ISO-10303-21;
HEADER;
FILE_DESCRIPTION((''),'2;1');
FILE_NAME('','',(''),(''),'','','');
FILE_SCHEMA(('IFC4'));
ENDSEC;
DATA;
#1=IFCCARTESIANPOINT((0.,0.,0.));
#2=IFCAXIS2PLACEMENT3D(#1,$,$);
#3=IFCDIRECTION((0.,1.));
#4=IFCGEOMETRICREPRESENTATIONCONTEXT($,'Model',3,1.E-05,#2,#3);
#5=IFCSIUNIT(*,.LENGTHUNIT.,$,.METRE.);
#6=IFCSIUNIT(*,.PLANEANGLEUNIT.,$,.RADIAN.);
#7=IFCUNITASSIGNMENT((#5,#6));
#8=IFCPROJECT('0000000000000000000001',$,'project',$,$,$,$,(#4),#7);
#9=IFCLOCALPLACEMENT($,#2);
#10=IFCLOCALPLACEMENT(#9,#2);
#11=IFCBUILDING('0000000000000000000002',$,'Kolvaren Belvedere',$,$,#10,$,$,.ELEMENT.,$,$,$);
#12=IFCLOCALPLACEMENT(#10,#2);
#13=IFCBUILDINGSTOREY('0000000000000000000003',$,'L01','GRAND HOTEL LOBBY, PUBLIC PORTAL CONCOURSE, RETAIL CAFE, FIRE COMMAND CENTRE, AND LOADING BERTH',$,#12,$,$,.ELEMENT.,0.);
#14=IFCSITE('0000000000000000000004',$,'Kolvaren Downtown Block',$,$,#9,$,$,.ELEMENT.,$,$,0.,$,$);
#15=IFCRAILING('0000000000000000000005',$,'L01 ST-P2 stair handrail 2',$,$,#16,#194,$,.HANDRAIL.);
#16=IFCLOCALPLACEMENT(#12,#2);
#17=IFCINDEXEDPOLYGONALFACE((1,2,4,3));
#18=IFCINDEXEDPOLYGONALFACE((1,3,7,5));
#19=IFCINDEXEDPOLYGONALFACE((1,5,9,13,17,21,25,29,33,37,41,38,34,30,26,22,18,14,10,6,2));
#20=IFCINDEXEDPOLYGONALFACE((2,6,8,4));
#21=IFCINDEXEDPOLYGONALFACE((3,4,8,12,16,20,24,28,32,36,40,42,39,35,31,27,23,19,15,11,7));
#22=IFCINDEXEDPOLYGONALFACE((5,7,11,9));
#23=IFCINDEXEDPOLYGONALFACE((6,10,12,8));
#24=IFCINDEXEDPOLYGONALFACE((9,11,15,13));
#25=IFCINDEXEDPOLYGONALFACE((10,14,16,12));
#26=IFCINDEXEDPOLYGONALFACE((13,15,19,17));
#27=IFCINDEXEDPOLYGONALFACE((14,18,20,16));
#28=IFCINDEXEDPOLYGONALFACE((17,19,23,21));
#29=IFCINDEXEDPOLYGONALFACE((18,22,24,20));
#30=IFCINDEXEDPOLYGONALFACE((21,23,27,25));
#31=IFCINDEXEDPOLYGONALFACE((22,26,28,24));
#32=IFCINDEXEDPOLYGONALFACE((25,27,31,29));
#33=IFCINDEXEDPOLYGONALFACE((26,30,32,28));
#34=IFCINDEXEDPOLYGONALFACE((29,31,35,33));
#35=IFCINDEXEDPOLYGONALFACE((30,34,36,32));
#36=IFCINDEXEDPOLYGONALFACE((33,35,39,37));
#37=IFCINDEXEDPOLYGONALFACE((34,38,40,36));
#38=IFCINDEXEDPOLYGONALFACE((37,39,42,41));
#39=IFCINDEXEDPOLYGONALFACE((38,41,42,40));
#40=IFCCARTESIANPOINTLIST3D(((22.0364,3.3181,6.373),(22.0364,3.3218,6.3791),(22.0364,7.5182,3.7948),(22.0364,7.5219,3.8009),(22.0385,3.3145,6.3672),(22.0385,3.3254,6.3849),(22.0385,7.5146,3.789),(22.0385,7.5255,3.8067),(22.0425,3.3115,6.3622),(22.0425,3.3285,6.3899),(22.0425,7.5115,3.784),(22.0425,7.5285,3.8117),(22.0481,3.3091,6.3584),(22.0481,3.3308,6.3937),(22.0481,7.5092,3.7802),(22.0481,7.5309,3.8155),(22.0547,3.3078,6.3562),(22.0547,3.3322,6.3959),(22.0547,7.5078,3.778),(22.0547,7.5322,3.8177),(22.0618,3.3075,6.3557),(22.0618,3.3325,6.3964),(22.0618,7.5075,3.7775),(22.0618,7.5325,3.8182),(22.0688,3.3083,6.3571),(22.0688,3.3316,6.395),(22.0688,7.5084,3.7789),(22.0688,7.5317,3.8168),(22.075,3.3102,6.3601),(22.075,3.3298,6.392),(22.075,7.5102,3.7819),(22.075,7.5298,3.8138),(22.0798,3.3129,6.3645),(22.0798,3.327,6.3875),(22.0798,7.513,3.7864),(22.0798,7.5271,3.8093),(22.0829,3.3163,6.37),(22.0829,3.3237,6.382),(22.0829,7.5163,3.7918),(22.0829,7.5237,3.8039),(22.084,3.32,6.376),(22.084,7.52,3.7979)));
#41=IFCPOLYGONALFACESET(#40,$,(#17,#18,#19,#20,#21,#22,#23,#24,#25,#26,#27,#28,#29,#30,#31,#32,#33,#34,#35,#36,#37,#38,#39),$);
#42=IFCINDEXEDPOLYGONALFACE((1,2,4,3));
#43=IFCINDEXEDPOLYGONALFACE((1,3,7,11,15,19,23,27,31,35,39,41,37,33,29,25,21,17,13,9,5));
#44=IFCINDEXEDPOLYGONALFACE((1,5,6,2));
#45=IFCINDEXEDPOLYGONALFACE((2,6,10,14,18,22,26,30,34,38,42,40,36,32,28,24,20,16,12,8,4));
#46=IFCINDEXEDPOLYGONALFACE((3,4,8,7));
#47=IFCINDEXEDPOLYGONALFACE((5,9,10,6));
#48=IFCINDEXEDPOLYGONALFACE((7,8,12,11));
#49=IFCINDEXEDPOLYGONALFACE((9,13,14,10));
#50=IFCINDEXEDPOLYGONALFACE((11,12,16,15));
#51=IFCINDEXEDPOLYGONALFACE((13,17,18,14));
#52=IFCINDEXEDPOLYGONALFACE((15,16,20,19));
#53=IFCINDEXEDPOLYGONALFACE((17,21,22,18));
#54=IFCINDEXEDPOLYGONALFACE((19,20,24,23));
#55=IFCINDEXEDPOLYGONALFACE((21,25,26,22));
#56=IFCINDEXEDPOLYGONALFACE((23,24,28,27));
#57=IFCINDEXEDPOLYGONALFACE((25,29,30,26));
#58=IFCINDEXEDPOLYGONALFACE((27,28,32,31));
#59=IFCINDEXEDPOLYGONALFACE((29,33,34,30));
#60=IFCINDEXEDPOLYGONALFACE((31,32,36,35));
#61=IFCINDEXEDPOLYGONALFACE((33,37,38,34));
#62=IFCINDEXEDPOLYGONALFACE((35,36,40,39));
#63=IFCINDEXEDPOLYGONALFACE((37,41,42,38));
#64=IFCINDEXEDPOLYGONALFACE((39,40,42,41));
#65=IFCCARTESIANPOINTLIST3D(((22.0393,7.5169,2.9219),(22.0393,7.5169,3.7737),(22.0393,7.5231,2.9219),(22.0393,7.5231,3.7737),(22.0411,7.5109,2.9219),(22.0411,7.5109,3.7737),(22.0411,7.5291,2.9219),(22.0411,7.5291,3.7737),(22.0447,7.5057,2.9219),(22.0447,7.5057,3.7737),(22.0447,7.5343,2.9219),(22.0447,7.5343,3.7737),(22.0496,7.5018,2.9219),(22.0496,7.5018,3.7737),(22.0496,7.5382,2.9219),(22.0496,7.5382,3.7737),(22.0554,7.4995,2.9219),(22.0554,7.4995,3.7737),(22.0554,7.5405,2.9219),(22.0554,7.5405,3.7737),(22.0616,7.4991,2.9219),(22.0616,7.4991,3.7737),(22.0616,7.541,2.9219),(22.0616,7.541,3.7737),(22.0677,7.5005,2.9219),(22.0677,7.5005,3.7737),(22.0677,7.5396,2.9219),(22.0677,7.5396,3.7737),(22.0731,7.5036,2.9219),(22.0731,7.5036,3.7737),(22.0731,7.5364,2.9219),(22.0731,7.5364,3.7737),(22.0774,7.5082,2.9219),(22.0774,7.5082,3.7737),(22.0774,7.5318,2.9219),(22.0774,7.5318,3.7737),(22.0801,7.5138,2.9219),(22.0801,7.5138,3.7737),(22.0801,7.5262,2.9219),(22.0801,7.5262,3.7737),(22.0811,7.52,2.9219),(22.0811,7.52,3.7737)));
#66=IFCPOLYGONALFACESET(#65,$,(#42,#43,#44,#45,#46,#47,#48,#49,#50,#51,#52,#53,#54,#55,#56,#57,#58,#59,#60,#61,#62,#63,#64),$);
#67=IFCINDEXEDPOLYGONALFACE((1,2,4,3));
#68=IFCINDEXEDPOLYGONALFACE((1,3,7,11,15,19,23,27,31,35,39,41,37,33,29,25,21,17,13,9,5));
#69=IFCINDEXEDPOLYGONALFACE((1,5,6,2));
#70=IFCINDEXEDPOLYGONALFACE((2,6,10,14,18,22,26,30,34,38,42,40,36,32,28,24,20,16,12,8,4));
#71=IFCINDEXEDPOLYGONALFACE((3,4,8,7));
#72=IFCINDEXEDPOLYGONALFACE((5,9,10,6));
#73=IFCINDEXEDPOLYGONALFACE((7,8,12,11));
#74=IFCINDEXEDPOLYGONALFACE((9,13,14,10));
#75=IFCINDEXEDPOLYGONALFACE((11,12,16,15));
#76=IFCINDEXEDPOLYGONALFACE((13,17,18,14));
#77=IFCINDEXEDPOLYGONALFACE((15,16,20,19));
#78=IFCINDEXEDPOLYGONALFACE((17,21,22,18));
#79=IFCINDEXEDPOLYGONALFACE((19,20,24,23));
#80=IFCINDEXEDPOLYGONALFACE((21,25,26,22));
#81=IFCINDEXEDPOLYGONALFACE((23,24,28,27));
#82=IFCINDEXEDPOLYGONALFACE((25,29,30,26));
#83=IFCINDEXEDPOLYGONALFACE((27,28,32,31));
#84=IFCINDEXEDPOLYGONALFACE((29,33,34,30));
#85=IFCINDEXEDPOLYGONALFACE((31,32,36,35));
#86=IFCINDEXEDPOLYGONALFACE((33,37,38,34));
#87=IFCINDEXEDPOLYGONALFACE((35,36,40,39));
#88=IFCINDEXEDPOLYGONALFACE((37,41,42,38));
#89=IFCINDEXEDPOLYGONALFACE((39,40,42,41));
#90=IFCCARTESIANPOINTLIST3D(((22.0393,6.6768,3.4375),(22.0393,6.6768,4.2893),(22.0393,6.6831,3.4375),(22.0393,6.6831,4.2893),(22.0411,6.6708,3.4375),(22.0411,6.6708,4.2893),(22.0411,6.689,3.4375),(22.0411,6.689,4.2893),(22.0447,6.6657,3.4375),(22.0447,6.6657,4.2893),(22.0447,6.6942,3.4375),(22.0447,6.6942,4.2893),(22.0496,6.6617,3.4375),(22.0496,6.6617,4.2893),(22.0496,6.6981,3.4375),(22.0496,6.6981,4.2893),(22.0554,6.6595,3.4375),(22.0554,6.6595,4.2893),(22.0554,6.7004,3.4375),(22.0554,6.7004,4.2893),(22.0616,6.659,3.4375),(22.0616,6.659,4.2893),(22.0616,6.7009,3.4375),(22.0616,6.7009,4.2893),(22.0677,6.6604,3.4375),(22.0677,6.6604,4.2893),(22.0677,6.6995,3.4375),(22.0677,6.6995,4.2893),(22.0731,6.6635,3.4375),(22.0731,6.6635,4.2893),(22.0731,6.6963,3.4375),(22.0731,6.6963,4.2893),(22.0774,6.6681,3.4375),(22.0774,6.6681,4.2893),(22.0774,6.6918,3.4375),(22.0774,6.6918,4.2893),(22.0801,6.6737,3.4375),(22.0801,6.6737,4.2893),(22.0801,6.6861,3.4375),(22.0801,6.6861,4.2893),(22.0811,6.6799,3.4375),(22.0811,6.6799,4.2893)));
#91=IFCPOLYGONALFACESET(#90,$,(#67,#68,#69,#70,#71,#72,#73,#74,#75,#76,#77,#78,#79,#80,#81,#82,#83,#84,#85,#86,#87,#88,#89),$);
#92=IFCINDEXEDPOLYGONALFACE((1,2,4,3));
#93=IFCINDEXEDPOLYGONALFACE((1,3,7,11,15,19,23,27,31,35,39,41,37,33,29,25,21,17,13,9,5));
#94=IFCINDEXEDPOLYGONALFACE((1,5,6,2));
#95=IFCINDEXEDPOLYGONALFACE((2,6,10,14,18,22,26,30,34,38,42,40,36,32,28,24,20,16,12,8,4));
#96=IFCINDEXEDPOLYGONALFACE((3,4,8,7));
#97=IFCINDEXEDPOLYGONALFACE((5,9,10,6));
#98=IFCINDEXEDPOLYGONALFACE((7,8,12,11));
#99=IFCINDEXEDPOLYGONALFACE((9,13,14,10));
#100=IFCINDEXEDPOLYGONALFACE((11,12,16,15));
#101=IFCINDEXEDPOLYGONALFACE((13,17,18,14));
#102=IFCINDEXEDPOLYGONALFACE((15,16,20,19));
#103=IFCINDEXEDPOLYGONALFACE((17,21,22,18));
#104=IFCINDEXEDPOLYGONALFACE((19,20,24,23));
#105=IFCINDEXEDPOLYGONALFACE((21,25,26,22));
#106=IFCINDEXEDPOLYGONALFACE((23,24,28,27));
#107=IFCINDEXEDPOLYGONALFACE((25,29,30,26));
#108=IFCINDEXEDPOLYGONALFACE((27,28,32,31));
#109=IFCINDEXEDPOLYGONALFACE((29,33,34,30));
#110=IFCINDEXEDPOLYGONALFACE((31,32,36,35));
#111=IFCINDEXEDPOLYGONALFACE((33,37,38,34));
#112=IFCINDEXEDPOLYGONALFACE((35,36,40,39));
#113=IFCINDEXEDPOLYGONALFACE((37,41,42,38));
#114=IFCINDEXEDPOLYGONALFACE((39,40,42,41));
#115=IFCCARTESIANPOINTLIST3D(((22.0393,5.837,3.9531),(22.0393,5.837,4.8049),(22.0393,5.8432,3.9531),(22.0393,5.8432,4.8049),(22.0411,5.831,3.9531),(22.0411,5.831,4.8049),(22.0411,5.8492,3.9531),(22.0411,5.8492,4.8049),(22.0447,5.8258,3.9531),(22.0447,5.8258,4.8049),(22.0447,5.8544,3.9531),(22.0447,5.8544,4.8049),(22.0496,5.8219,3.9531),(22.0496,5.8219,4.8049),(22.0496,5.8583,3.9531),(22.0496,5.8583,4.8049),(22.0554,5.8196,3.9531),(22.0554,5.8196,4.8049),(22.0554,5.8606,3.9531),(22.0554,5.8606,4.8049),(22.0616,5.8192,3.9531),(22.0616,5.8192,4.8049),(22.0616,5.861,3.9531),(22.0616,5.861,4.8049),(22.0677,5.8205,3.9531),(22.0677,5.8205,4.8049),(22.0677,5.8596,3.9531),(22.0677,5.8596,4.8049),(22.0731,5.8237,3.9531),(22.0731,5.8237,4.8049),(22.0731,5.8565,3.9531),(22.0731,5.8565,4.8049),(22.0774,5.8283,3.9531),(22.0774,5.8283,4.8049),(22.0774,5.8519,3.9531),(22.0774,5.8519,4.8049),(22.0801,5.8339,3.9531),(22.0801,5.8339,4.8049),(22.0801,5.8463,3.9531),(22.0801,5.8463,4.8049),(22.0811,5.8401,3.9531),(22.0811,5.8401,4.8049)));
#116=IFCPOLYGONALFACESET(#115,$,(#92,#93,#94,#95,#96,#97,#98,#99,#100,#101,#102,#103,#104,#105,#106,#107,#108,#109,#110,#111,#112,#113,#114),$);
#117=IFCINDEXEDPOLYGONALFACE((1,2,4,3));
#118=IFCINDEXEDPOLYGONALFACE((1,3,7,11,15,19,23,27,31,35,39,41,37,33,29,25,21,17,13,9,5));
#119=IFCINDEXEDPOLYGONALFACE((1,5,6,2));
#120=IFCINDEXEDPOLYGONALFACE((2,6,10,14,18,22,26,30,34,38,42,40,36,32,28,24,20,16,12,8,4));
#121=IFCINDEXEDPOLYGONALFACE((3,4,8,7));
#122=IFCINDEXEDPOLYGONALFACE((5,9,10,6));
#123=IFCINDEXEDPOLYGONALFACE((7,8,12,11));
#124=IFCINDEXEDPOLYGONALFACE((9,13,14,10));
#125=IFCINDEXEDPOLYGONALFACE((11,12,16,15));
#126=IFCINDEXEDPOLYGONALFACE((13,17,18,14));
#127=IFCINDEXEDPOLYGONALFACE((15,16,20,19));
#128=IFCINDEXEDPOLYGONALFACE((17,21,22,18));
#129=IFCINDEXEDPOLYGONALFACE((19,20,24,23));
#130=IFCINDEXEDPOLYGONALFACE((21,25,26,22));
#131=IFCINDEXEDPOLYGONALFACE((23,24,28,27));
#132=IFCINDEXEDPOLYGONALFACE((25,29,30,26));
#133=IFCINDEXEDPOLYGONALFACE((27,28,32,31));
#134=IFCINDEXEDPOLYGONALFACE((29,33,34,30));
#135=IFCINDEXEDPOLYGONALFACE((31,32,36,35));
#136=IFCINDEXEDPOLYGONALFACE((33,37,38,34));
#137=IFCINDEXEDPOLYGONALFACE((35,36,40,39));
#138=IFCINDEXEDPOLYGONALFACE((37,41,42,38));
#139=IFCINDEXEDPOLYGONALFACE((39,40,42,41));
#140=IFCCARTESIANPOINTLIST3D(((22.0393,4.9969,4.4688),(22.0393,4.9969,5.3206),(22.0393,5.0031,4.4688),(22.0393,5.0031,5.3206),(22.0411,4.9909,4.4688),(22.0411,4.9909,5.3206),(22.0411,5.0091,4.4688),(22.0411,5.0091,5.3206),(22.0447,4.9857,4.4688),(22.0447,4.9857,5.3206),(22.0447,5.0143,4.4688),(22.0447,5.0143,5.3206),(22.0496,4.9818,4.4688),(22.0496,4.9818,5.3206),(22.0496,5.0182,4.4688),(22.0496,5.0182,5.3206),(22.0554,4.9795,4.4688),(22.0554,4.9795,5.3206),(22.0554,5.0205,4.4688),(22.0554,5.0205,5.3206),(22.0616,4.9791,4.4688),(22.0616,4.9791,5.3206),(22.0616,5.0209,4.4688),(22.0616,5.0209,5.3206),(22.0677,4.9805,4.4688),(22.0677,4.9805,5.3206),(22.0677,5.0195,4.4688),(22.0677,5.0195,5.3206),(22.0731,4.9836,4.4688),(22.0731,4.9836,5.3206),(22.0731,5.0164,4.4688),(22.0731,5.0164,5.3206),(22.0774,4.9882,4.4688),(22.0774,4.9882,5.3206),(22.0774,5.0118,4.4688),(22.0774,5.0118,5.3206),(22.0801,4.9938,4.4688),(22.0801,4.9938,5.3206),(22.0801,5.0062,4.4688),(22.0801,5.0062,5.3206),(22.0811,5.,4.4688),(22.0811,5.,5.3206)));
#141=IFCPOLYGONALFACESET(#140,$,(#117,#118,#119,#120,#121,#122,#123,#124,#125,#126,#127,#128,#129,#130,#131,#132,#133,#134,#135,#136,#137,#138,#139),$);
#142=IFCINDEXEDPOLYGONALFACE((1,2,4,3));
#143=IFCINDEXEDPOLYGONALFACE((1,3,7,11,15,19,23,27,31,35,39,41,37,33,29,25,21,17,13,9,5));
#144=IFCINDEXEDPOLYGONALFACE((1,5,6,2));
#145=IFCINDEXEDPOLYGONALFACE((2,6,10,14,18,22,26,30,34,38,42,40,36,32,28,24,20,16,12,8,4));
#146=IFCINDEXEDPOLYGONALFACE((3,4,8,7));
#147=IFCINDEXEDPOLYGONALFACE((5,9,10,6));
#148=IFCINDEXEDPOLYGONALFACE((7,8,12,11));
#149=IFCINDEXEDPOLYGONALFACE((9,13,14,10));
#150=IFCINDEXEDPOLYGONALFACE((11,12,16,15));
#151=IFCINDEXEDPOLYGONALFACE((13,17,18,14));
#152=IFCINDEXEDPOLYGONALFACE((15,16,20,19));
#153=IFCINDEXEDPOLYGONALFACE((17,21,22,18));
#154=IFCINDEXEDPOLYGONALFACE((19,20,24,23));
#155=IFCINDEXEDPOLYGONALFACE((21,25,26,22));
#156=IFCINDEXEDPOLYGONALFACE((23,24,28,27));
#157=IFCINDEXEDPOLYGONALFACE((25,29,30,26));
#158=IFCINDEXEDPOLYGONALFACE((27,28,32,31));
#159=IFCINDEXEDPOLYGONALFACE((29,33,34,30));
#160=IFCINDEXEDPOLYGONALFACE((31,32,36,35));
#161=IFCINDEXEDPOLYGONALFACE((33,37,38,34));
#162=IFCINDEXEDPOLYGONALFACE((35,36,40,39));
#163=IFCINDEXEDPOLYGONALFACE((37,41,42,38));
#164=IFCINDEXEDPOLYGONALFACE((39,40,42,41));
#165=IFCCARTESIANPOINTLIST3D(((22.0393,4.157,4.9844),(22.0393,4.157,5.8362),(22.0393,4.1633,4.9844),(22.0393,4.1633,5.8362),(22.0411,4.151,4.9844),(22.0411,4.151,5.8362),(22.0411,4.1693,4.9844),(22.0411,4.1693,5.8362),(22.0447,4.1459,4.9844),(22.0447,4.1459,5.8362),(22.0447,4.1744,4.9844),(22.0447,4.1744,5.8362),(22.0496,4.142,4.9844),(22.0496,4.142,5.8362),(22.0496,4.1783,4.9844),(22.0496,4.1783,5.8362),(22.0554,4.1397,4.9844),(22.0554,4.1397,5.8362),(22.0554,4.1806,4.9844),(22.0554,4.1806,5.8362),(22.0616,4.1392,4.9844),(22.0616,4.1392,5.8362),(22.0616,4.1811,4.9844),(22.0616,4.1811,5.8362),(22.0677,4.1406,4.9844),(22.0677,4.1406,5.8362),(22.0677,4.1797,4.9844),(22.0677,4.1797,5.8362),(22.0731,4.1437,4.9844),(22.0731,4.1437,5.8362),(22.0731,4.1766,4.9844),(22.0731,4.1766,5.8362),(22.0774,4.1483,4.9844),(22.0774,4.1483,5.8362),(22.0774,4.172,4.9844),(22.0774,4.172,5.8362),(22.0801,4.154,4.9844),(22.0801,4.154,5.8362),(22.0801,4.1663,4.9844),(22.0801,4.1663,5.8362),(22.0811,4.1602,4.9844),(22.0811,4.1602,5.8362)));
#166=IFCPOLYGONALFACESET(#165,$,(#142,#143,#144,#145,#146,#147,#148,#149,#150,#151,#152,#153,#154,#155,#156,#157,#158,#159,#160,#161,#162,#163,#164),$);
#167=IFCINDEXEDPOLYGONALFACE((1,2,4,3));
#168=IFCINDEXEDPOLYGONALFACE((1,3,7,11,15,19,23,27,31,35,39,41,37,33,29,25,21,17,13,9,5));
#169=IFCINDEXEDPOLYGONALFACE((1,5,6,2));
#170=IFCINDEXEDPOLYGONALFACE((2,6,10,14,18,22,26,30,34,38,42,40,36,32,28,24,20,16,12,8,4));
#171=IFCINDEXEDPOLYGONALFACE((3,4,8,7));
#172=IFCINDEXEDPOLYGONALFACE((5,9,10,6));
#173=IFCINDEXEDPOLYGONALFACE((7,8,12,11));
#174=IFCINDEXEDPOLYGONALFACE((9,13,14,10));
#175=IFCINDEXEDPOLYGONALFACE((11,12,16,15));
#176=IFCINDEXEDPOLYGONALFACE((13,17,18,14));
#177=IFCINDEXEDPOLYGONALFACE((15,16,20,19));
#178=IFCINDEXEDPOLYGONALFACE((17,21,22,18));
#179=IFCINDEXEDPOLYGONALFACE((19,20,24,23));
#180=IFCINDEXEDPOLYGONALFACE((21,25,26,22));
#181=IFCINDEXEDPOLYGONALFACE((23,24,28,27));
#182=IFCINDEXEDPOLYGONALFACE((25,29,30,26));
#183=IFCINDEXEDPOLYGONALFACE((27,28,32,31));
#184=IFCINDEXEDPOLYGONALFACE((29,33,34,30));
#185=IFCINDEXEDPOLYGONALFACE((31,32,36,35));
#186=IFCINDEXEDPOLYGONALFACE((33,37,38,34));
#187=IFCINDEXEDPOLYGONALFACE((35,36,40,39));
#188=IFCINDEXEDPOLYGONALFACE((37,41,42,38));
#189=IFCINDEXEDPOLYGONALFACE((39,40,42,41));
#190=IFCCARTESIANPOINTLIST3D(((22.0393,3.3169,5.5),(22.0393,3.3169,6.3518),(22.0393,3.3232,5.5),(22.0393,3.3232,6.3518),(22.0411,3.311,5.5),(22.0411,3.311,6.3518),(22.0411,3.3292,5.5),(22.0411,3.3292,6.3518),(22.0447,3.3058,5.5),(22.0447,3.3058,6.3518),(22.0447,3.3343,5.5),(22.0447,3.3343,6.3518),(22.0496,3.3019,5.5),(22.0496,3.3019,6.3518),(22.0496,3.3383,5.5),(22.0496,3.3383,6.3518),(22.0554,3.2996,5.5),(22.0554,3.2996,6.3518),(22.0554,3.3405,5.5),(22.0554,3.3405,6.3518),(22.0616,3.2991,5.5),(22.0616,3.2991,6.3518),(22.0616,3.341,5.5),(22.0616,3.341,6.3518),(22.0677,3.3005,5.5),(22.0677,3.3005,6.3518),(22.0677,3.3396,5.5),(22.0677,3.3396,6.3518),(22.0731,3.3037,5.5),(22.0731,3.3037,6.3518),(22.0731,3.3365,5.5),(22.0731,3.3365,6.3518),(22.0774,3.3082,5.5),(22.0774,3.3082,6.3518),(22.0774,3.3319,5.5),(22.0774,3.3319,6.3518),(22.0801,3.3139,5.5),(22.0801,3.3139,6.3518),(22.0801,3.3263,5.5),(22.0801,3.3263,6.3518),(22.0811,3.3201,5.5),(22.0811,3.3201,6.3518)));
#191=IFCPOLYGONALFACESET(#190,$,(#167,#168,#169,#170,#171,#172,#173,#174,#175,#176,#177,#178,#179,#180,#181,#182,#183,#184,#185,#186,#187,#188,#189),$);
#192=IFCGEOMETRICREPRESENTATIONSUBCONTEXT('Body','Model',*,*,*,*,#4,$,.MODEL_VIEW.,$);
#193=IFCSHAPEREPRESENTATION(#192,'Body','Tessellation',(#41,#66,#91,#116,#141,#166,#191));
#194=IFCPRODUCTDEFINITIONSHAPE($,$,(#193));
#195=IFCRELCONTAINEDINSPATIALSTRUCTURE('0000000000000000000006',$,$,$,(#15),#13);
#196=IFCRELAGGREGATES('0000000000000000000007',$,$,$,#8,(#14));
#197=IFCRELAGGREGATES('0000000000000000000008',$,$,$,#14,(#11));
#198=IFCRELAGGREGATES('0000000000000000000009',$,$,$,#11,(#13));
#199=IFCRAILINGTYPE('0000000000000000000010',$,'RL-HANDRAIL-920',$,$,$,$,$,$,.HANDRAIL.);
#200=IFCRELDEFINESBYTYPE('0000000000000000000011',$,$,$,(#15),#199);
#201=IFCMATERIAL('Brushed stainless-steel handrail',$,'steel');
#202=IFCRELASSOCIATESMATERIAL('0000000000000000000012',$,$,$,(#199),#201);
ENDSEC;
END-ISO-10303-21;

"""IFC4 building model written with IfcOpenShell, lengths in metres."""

from ifc_helpers import new_model, si_unit, direction, frame, origin, origin_2d, place, context, subcontext, project, spatial, circle, extrude, material, type_object, element, save


model = new_model("IFC4")

# Units and contexts
model_context = context("Model", 3, precision=1e-05, world=origin(), true_north=direction((0.0, 1.0)))
body_context = subcontext(model_context, "Body", "Model", "MODEL_VIEW")
ifc_project = project(units=[si_unit("LENGTHUNIT", "METRE"), si_unit("PLANEANGLEUNIT", "RADIAN")], contexts=[model_context])

# Site, building, storey
site_placement = place(None, origin())
site = spatial("IfcSite", under=ifc_project, at=site_placement, Name="Kolvaren Downtown Block", CompositionType="ELEMENT", RefElevation=0.0)
building_placement = place(site_placement, origin())
building = spatial("IfcBuilding", under=site, at=building_placement, Name="Kolvaren Belvedere", CompositionType="ELEMENT")
storey_placement = place(building_placement, origin())
storey = spatial("IfcBuildingStorey", under=building, at=storey_placement, Name="L01", Description="GRAND HOTEL LOBBY, PUBLIC PORTAL CONCOURSE, RETAIL CAFE, FIRE COMMAND CENTRE, AND LOADING BERTH", CompositionType="ELEMENT", Elevation=0.0)

# Railing
ifc_material_1 = material(Name="Brushed stainless-steel handrail", Category="steel")
railing_type_1 = type_object("IfcRailingType", Name="RL-HANDRAIL-920", PredefinedType="HANDRAIL", material=ifc_material_1)
railing_1_placement = place(storey_placement, frame((22.0601, 7.52, 2.9219)))
element("IfcRailing", 1, at=railing_1_placement, inside=storey, type_object=railing_type_1, Name="L01 ST-P2 stair handrail 2", PredefinedType="HANDRAIL", context=body_context, shape_type="SweptSolid", body=[
    extrude(circle(Radius=0.0239, at=origin_2d()), frame((0.0, 0.0, 0.876), z_axis=(0.0, -0.852243, 0.523146), x_axis=(1.0, 0.0, 0.0)), (0.0, 0.0, 1.0), 4.9282),
    extrude(circle(Radius=0.021, at=origin_2d()), origin(), (0.0, 0.0, 1.0), 0.8518),
    extrude(circle(Radius=0.021, at=origin_2d()), frame((0.0, -0.8401, 0.5156)), (0.0, 0.0, 1.0), 0.8518),
    extrude(circle(Radius=0.021, at=origin_2d()), frame((0.0, -1.6799, 1.0312)), (0.0, 0.0, 1.0), 0.8518),
    extrude(circle(Radius=0.021, at=origin_2d()), frame((0.0, -2.52, 1.5469)), (0.0, 0.0, 1.0), 0.8518),
    extrude(circle(Radius=0.021, at=origin_2d()), frame((0.0, -3.3599, 2.0625)), (0.0, 0.0, 1.0), 0.8518),
    extrude(circle(Radius=0.021, at=origin_2d()), frame((0.0, -4.2, 2.5781)), (0.0, 0.0, 1.0), 0.8518),
])

save(model, "model.ifc")
